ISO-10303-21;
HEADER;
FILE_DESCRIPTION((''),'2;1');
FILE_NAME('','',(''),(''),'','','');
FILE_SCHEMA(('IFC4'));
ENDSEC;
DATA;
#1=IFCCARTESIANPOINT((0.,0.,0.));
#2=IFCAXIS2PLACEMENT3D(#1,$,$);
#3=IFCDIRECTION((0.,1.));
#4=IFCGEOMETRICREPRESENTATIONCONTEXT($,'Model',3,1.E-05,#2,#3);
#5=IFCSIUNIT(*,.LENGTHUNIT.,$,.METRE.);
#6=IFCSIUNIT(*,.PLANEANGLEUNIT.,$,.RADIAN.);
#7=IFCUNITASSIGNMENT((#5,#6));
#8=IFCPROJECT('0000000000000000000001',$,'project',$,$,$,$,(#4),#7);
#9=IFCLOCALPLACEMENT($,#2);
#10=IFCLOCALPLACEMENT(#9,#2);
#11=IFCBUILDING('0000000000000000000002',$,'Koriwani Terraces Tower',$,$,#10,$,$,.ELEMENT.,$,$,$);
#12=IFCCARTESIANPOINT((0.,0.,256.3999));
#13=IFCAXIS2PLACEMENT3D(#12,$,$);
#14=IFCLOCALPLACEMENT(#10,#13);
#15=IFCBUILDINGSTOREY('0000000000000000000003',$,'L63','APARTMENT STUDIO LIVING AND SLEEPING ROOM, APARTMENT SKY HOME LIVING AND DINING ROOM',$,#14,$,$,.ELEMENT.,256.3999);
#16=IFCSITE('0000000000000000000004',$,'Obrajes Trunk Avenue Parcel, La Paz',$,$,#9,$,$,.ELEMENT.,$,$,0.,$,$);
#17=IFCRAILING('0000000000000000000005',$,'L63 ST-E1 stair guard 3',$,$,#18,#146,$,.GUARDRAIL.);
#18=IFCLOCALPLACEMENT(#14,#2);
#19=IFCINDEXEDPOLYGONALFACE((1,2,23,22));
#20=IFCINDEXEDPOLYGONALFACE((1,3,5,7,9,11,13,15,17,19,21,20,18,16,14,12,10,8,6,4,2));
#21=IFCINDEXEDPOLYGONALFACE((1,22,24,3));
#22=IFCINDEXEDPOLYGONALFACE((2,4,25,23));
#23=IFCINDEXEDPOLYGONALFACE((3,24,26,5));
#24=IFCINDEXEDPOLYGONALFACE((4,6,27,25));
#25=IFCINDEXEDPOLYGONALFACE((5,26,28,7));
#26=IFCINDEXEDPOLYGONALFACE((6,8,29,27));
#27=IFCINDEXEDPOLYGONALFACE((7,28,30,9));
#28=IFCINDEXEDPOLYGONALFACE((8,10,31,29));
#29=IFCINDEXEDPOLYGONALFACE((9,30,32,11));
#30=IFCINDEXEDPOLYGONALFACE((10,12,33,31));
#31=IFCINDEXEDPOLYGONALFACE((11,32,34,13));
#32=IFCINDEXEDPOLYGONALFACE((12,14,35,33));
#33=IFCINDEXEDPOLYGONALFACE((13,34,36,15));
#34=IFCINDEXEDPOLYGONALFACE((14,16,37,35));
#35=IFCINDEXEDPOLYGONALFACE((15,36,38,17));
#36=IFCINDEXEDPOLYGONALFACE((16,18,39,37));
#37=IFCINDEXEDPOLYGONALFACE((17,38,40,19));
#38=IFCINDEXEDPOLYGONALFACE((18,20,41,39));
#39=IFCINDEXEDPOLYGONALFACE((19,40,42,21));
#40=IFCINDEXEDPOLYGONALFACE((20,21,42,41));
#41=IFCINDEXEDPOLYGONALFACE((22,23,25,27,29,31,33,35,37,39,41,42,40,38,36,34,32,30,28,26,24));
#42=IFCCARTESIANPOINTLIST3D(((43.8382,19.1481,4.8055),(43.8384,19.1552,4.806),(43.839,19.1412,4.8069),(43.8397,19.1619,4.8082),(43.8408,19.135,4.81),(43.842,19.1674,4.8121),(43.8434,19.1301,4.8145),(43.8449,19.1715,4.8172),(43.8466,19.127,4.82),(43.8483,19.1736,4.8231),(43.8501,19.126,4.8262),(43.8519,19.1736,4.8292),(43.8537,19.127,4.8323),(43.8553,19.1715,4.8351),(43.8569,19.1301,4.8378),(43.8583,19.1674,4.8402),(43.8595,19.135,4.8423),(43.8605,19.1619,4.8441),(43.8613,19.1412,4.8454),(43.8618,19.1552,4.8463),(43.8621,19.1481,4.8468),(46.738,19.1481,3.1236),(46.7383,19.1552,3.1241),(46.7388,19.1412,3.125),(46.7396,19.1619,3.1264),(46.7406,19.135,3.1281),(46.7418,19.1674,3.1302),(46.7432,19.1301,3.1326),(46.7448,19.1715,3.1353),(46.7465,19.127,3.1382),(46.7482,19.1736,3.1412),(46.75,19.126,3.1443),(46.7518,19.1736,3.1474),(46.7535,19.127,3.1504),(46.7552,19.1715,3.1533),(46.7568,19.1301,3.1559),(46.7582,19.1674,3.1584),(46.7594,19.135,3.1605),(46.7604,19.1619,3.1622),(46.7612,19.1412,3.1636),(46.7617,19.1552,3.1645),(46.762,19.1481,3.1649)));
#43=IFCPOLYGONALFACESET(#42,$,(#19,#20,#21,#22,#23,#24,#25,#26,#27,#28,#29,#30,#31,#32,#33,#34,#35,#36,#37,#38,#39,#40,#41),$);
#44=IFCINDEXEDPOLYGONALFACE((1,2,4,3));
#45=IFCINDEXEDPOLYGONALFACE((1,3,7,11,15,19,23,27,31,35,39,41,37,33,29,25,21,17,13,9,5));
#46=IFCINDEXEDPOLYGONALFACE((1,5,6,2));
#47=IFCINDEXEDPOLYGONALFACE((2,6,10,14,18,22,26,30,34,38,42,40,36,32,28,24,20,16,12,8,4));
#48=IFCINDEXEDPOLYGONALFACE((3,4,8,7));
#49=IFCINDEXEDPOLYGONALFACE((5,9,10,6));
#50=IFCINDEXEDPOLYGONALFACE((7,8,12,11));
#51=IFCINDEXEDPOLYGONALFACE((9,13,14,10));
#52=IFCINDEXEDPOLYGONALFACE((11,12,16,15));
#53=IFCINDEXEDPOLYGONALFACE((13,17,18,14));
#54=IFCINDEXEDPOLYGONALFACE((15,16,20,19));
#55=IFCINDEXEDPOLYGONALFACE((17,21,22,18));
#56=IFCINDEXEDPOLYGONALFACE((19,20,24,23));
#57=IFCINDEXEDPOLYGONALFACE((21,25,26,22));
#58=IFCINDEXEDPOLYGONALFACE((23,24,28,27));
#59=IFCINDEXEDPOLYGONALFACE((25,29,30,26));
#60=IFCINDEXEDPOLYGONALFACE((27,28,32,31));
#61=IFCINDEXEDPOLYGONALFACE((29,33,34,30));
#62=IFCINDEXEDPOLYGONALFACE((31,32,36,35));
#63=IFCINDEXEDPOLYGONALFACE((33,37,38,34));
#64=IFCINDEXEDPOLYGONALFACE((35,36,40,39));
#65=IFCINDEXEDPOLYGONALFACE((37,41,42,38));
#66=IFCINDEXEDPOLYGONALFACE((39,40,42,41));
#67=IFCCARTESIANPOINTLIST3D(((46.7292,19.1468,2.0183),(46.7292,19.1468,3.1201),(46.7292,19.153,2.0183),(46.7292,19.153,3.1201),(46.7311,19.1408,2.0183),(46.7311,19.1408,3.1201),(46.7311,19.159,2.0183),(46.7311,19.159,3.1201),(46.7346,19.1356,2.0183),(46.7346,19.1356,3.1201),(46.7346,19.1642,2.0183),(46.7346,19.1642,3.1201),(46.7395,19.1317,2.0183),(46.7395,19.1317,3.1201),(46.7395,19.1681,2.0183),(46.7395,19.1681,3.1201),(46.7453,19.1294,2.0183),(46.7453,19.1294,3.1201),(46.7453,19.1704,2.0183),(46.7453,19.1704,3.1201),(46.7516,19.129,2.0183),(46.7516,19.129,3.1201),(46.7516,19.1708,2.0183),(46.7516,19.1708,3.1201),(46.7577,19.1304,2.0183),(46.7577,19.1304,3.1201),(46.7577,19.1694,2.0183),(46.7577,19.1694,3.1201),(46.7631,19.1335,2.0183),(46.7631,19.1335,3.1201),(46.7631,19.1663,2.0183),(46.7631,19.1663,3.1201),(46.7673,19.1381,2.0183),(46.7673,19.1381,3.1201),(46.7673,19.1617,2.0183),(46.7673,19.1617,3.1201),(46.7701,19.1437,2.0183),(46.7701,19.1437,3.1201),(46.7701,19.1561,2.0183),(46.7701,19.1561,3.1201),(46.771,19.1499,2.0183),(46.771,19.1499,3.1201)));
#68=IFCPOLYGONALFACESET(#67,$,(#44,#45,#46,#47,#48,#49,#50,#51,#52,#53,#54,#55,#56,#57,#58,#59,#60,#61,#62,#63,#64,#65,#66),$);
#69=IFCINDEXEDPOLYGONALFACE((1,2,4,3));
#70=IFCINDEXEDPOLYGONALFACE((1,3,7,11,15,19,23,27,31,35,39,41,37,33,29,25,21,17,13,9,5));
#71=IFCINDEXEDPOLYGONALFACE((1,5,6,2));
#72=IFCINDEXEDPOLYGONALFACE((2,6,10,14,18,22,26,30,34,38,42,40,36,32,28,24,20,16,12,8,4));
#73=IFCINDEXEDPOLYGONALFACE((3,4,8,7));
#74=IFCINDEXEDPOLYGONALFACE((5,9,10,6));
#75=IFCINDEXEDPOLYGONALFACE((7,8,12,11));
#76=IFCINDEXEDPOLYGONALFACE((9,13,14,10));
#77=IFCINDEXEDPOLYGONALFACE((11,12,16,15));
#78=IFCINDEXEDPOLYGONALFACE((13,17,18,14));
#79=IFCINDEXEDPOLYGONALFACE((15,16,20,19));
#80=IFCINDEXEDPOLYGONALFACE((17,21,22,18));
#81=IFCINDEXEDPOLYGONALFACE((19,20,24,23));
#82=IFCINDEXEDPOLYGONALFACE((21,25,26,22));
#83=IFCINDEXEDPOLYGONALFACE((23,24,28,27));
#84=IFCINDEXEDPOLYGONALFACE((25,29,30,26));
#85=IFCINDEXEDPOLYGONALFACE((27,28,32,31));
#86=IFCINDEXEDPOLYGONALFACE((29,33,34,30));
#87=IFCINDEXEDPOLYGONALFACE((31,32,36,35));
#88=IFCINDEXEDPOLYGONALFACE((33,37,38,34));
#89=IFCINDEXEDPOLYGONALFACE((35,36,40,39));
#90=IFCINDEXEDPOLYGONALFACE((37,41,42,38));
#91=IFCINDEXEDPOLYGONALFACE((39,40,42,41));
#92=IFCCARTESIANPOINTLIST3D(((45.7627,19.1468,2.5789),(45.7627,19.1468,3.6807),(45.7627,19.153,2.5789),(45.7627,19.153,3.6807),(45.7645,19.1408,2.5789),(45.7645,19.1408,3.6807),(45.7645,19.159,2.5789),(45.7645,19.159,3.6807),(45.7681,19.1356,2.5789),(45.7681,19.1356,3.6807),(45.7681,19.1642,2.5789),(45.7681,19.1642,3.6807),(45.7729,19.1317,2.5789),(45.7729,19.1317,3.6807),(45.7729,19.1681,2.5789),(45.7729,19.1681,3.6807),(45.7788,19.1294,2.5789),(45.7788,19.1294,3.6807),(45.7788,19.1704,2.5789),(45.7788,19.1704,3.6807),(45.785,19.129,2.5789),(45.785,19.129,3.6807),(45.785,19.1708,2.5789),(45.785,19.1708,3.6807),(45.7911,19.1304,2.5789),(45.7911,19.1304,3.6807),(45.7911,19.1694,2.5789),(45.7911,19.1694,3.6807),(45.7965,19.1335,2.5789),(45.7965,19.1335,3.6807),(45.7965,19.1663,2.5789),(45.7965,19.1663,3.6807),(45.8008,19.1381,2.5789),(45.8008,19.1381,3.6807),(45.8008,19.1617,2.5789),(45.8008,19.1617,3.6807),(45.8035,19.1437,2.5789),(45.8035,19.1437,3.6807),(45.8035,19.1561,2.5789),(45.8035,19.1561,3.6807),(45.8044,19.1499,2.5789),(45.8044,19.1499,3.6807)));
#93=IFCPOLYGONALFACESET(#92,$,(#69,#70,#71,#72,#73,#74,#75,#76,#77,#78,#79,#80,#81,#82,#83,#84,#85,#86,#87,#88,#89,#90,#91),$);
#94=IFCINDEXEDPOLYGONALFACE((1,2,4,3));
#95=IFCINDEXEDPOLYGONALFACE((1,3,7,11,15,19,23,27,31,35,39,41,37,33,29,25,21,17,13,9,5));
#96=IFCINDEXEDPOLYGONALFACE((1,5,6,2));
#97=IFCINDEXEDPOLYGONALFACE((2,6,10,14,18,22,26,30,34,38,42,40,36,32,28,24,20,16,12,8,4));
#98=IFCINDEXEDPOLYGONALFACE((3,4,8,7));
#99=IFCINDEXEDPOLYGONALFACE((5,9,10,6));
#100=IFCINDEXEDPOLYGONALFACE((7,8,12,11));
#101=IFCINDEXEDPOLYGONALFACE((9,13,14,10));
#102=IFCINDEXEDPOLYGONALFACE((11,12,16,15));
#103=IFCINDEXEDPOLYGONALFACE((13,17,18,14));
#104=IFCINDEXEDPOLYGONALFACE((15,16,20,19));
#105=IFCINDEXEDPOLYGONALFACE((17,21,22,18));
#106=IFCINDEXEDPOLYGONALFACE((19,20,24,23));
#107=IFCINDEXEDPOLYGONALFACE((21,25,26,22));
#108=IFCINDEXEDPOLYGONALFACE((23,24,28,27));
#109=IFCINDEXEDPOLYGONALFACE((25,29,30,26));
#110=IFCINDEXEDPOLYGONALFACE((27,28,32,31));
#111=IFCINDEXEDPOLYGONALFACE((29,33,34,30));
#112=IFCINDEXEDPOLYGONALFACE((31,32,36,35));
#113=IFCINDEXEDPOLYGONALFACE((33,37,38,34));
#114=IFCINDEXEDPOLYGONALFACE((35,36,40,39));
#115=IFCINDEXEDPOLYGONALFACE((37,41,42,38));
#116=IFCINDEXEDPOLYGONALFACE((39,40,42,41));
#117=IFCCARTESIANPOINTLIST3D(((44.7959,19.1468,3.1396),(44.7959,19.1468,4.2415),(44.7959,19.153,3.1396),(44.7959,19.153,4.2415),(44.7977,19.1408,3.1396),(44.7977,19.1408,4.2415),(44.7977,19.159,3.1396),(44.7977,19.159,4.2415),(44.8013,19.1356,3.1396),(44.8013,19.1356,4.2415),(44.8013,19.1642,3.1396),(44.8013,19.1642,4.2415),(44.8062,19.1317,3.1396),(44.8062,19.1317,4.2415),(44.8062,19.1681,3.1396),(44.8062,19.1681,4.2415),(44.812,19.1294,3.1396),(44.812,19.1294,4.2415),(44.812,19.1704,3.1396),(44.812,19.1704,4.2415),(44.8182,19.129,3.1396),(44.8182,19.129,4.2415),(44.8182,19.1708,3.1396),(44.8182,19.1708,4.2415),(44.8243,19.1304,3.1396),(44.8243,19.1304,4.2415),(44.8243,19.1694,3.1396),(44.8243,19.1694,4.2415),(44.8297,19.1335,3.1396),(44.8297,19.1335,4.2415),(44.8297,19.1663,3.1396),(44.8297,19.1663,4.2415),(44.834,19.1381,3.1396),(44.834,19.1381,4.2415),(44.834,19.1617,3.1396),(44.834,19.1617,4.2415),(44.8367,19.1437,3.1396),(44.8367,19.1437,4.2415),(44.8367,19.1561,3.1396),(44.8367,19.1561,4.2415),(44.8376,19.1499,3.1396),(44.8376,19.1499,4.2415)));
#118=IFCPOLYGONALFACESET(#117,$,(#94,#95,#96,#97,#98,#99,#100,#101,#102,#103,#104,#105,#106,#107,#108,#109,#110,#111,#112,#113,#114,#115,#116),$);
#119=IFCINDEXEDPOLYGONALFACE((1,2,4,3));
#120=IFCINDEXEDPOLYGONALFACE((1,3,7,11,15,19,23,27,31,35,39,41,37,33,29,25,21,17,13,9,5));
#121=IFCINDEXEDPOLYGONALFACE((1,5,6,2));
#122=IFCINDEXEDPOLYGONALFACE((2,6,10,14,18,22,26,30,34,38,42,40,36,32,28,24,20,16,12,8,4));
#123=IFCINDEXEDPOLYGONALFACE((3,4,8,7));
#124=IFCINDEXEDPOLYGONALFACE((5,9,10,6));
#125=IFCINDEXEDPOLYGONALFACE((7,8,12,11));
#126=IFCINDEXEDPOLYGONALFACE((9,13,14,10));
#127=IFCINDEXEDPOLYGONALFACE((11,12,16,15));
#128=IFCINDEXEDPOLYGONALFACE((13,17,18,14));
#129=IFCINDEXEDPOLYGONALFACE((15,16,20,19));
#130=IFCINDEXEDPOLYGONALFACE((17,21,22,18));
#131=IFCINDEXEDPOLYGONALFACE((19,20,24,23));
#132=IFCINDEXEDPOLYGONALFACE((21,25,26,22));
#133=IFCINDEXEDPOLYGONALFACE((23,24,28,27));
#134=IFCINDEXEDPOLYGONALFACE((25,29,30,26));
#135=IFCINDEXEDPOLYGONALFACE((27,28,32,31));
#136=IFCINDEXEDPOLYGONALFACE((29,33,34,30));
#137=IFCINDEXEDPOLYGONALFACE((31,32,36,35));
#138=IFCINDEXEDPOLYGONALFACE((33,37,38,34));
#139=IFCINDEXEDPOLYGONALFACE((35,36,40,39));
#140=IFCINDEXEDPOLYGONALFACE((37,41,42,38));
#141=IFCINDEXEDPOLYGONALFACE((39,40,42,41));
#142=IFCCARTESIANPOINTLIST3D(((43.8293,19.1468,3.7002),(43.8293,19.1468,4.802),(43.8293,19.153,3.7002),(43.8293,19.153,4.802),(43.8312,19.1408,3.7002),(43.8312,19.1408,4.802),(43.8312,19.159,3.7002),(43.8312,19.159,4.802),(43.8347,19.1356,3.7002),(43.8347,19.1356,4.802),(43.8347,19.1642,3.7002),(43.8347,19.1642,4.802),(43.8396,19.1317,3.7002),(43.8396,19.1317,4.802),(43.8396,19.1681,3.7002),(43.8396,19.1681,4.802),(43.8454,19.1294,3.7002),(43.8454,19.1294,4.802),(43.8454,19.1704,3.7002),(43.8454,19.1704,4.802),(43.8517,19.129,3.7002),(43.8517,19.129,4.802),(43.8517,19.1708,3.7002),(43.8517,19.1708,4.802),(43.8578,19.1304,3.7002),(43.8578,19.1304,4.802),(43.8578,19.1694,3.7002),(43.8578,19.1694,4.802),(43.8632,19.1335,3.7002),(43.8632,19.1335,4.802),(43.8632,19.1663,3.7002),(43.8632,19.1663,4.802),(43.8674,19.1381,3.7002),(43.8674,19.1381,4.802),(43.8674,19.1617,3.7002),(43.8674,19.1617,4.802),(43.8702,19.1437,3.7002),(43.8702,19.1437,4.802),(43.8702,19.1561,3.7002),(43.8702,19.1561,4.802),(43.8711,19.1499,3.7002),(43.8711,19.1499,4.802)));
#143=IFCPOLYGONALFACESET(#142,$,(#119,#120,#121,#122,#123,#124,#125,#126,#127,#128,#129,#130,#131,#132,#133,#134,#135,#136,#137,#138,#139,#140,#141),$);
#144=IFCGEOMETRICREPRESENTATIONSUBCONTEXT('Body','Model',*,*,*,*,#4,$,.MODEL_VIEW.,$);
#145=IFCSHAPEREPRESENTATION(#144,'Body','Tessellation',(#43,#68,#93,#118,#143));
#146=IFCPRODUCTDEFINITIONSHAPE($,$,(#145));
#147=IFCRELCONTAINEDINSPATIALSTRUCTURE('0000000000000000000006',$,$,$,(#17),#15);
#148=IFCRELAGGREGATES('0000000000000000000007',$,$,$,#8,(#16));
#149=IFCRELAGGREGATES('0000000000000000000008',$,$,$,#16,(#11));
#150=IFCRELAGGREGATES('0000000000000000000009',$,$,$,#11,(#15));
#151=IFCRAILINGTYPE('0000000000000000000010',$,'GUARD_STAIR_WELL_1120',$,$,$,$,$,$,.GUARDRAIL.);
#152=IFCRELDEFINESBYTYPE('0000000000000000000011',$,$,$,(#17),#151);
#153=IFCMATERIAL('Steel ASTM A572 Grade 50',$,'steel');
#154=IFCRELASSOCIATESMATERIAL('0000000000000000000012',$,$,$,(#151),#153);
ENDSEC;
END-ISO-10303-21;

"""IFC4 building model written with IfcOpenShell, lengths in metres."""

from ifc_helpers import new_model, si_unit, direction, frame, origin, origin_2d, place, context, subcontext, project, spatial, circle, extrude, material, type_object, element, save


model = new_model("IFC4")

# Units and contexts
model_context = context("Model", 3, precision=1e-05, world=origin(), true_north=direction((0.0, 1.0)))
body_context = subcontext(model_context, "Body", "Model", "MODEL_VIEW")
ifc_project = project(units=[si_unit("LENGTHUNIT", "METRE"), si_unit("PLANEANGLEUNIT", "RADIAN")], contexts=[model_context])

# Site, building, storey
site_placement = place(None, origin())
site = spatial("IfcSite", under=ifc_project, at=site_placement, Name="Obrajes Trunk Avenue Parcel, La Paz", CompositionType="ELEMENT", RefElevation=0.0)
building_placement = place(site_placement, origin())
building = spatial("IfcBuilding", under=site, at=building_placement, Name="Koriwani Terraces Tower", CompositionType="ELEMENT")
storey_placement = place(building_placement, frame((0.0, 0.0, 256.3999)))
storey = spatial("IfcBuildingStorey", under=building, at=storey_placement, Name="L63", Description="APARTMENT STUDIO LIVING AND SLEEPING ROOM, APARTMENT SKY HOME LIVING AND DINING ROOM", CompositionType="ELEMENT", Elevation=256.3999)

# Shared definitions
ifc_material_1 = material(Name="Steel ASTM A572 Grade 50", Category="steel")

# Railing
railing_type_1 = type_object("IfcRailingType", Name="GUARD_STAIR_WELL_1120", PredefinedType="GUARDRAIL", material=ifc_material_1)
railing_1_placement = place(storey_placement, frame((46.75, 19.1499, 2.0183)))
element("IfcRailing", 1, at=railing_1_placement, inside=storey, type_object=railing_type_1, Name="L63 ST-E1 stair guard 3", PredefinedType="GUARDRAIL", context=body_context, shape_type="SweptSolid", body=[
    extrude(circle(Radius=0.0239, at=origin_2d()), frame((0.0, 0.0, 1.126), z_axis=(-0.865039, 0.0, 0.501705), x_axis=(0.0, -1.0, 0.0)), (0.0, 0.0, 1.0), 3.3523),
    extrude(circle(Radius=0.021, at=origin_2d()), origin(), (0.0, 0.0, 1.0), 1.1018),
    extrude(circle(Radius=0.021, at=origin_2d()), frame((-0.9666, 0.0, 0.5605)), (0.0, 0.0, 1.0), 1.1018),
    extrude(circle(Radius=0.021, at=origin_2d()), frame((-1.9333, 0.0, 1.1213)), (0.0, 0.0, 1.0), 1.1018),
    extrude(circle(Radius=0.021, at=origin_2d()), frame((-2.8999, 0.0, 1.6819)), (0.0, 0.0, 1.0), 1.1018),
])

save(model, "model.ifc")
